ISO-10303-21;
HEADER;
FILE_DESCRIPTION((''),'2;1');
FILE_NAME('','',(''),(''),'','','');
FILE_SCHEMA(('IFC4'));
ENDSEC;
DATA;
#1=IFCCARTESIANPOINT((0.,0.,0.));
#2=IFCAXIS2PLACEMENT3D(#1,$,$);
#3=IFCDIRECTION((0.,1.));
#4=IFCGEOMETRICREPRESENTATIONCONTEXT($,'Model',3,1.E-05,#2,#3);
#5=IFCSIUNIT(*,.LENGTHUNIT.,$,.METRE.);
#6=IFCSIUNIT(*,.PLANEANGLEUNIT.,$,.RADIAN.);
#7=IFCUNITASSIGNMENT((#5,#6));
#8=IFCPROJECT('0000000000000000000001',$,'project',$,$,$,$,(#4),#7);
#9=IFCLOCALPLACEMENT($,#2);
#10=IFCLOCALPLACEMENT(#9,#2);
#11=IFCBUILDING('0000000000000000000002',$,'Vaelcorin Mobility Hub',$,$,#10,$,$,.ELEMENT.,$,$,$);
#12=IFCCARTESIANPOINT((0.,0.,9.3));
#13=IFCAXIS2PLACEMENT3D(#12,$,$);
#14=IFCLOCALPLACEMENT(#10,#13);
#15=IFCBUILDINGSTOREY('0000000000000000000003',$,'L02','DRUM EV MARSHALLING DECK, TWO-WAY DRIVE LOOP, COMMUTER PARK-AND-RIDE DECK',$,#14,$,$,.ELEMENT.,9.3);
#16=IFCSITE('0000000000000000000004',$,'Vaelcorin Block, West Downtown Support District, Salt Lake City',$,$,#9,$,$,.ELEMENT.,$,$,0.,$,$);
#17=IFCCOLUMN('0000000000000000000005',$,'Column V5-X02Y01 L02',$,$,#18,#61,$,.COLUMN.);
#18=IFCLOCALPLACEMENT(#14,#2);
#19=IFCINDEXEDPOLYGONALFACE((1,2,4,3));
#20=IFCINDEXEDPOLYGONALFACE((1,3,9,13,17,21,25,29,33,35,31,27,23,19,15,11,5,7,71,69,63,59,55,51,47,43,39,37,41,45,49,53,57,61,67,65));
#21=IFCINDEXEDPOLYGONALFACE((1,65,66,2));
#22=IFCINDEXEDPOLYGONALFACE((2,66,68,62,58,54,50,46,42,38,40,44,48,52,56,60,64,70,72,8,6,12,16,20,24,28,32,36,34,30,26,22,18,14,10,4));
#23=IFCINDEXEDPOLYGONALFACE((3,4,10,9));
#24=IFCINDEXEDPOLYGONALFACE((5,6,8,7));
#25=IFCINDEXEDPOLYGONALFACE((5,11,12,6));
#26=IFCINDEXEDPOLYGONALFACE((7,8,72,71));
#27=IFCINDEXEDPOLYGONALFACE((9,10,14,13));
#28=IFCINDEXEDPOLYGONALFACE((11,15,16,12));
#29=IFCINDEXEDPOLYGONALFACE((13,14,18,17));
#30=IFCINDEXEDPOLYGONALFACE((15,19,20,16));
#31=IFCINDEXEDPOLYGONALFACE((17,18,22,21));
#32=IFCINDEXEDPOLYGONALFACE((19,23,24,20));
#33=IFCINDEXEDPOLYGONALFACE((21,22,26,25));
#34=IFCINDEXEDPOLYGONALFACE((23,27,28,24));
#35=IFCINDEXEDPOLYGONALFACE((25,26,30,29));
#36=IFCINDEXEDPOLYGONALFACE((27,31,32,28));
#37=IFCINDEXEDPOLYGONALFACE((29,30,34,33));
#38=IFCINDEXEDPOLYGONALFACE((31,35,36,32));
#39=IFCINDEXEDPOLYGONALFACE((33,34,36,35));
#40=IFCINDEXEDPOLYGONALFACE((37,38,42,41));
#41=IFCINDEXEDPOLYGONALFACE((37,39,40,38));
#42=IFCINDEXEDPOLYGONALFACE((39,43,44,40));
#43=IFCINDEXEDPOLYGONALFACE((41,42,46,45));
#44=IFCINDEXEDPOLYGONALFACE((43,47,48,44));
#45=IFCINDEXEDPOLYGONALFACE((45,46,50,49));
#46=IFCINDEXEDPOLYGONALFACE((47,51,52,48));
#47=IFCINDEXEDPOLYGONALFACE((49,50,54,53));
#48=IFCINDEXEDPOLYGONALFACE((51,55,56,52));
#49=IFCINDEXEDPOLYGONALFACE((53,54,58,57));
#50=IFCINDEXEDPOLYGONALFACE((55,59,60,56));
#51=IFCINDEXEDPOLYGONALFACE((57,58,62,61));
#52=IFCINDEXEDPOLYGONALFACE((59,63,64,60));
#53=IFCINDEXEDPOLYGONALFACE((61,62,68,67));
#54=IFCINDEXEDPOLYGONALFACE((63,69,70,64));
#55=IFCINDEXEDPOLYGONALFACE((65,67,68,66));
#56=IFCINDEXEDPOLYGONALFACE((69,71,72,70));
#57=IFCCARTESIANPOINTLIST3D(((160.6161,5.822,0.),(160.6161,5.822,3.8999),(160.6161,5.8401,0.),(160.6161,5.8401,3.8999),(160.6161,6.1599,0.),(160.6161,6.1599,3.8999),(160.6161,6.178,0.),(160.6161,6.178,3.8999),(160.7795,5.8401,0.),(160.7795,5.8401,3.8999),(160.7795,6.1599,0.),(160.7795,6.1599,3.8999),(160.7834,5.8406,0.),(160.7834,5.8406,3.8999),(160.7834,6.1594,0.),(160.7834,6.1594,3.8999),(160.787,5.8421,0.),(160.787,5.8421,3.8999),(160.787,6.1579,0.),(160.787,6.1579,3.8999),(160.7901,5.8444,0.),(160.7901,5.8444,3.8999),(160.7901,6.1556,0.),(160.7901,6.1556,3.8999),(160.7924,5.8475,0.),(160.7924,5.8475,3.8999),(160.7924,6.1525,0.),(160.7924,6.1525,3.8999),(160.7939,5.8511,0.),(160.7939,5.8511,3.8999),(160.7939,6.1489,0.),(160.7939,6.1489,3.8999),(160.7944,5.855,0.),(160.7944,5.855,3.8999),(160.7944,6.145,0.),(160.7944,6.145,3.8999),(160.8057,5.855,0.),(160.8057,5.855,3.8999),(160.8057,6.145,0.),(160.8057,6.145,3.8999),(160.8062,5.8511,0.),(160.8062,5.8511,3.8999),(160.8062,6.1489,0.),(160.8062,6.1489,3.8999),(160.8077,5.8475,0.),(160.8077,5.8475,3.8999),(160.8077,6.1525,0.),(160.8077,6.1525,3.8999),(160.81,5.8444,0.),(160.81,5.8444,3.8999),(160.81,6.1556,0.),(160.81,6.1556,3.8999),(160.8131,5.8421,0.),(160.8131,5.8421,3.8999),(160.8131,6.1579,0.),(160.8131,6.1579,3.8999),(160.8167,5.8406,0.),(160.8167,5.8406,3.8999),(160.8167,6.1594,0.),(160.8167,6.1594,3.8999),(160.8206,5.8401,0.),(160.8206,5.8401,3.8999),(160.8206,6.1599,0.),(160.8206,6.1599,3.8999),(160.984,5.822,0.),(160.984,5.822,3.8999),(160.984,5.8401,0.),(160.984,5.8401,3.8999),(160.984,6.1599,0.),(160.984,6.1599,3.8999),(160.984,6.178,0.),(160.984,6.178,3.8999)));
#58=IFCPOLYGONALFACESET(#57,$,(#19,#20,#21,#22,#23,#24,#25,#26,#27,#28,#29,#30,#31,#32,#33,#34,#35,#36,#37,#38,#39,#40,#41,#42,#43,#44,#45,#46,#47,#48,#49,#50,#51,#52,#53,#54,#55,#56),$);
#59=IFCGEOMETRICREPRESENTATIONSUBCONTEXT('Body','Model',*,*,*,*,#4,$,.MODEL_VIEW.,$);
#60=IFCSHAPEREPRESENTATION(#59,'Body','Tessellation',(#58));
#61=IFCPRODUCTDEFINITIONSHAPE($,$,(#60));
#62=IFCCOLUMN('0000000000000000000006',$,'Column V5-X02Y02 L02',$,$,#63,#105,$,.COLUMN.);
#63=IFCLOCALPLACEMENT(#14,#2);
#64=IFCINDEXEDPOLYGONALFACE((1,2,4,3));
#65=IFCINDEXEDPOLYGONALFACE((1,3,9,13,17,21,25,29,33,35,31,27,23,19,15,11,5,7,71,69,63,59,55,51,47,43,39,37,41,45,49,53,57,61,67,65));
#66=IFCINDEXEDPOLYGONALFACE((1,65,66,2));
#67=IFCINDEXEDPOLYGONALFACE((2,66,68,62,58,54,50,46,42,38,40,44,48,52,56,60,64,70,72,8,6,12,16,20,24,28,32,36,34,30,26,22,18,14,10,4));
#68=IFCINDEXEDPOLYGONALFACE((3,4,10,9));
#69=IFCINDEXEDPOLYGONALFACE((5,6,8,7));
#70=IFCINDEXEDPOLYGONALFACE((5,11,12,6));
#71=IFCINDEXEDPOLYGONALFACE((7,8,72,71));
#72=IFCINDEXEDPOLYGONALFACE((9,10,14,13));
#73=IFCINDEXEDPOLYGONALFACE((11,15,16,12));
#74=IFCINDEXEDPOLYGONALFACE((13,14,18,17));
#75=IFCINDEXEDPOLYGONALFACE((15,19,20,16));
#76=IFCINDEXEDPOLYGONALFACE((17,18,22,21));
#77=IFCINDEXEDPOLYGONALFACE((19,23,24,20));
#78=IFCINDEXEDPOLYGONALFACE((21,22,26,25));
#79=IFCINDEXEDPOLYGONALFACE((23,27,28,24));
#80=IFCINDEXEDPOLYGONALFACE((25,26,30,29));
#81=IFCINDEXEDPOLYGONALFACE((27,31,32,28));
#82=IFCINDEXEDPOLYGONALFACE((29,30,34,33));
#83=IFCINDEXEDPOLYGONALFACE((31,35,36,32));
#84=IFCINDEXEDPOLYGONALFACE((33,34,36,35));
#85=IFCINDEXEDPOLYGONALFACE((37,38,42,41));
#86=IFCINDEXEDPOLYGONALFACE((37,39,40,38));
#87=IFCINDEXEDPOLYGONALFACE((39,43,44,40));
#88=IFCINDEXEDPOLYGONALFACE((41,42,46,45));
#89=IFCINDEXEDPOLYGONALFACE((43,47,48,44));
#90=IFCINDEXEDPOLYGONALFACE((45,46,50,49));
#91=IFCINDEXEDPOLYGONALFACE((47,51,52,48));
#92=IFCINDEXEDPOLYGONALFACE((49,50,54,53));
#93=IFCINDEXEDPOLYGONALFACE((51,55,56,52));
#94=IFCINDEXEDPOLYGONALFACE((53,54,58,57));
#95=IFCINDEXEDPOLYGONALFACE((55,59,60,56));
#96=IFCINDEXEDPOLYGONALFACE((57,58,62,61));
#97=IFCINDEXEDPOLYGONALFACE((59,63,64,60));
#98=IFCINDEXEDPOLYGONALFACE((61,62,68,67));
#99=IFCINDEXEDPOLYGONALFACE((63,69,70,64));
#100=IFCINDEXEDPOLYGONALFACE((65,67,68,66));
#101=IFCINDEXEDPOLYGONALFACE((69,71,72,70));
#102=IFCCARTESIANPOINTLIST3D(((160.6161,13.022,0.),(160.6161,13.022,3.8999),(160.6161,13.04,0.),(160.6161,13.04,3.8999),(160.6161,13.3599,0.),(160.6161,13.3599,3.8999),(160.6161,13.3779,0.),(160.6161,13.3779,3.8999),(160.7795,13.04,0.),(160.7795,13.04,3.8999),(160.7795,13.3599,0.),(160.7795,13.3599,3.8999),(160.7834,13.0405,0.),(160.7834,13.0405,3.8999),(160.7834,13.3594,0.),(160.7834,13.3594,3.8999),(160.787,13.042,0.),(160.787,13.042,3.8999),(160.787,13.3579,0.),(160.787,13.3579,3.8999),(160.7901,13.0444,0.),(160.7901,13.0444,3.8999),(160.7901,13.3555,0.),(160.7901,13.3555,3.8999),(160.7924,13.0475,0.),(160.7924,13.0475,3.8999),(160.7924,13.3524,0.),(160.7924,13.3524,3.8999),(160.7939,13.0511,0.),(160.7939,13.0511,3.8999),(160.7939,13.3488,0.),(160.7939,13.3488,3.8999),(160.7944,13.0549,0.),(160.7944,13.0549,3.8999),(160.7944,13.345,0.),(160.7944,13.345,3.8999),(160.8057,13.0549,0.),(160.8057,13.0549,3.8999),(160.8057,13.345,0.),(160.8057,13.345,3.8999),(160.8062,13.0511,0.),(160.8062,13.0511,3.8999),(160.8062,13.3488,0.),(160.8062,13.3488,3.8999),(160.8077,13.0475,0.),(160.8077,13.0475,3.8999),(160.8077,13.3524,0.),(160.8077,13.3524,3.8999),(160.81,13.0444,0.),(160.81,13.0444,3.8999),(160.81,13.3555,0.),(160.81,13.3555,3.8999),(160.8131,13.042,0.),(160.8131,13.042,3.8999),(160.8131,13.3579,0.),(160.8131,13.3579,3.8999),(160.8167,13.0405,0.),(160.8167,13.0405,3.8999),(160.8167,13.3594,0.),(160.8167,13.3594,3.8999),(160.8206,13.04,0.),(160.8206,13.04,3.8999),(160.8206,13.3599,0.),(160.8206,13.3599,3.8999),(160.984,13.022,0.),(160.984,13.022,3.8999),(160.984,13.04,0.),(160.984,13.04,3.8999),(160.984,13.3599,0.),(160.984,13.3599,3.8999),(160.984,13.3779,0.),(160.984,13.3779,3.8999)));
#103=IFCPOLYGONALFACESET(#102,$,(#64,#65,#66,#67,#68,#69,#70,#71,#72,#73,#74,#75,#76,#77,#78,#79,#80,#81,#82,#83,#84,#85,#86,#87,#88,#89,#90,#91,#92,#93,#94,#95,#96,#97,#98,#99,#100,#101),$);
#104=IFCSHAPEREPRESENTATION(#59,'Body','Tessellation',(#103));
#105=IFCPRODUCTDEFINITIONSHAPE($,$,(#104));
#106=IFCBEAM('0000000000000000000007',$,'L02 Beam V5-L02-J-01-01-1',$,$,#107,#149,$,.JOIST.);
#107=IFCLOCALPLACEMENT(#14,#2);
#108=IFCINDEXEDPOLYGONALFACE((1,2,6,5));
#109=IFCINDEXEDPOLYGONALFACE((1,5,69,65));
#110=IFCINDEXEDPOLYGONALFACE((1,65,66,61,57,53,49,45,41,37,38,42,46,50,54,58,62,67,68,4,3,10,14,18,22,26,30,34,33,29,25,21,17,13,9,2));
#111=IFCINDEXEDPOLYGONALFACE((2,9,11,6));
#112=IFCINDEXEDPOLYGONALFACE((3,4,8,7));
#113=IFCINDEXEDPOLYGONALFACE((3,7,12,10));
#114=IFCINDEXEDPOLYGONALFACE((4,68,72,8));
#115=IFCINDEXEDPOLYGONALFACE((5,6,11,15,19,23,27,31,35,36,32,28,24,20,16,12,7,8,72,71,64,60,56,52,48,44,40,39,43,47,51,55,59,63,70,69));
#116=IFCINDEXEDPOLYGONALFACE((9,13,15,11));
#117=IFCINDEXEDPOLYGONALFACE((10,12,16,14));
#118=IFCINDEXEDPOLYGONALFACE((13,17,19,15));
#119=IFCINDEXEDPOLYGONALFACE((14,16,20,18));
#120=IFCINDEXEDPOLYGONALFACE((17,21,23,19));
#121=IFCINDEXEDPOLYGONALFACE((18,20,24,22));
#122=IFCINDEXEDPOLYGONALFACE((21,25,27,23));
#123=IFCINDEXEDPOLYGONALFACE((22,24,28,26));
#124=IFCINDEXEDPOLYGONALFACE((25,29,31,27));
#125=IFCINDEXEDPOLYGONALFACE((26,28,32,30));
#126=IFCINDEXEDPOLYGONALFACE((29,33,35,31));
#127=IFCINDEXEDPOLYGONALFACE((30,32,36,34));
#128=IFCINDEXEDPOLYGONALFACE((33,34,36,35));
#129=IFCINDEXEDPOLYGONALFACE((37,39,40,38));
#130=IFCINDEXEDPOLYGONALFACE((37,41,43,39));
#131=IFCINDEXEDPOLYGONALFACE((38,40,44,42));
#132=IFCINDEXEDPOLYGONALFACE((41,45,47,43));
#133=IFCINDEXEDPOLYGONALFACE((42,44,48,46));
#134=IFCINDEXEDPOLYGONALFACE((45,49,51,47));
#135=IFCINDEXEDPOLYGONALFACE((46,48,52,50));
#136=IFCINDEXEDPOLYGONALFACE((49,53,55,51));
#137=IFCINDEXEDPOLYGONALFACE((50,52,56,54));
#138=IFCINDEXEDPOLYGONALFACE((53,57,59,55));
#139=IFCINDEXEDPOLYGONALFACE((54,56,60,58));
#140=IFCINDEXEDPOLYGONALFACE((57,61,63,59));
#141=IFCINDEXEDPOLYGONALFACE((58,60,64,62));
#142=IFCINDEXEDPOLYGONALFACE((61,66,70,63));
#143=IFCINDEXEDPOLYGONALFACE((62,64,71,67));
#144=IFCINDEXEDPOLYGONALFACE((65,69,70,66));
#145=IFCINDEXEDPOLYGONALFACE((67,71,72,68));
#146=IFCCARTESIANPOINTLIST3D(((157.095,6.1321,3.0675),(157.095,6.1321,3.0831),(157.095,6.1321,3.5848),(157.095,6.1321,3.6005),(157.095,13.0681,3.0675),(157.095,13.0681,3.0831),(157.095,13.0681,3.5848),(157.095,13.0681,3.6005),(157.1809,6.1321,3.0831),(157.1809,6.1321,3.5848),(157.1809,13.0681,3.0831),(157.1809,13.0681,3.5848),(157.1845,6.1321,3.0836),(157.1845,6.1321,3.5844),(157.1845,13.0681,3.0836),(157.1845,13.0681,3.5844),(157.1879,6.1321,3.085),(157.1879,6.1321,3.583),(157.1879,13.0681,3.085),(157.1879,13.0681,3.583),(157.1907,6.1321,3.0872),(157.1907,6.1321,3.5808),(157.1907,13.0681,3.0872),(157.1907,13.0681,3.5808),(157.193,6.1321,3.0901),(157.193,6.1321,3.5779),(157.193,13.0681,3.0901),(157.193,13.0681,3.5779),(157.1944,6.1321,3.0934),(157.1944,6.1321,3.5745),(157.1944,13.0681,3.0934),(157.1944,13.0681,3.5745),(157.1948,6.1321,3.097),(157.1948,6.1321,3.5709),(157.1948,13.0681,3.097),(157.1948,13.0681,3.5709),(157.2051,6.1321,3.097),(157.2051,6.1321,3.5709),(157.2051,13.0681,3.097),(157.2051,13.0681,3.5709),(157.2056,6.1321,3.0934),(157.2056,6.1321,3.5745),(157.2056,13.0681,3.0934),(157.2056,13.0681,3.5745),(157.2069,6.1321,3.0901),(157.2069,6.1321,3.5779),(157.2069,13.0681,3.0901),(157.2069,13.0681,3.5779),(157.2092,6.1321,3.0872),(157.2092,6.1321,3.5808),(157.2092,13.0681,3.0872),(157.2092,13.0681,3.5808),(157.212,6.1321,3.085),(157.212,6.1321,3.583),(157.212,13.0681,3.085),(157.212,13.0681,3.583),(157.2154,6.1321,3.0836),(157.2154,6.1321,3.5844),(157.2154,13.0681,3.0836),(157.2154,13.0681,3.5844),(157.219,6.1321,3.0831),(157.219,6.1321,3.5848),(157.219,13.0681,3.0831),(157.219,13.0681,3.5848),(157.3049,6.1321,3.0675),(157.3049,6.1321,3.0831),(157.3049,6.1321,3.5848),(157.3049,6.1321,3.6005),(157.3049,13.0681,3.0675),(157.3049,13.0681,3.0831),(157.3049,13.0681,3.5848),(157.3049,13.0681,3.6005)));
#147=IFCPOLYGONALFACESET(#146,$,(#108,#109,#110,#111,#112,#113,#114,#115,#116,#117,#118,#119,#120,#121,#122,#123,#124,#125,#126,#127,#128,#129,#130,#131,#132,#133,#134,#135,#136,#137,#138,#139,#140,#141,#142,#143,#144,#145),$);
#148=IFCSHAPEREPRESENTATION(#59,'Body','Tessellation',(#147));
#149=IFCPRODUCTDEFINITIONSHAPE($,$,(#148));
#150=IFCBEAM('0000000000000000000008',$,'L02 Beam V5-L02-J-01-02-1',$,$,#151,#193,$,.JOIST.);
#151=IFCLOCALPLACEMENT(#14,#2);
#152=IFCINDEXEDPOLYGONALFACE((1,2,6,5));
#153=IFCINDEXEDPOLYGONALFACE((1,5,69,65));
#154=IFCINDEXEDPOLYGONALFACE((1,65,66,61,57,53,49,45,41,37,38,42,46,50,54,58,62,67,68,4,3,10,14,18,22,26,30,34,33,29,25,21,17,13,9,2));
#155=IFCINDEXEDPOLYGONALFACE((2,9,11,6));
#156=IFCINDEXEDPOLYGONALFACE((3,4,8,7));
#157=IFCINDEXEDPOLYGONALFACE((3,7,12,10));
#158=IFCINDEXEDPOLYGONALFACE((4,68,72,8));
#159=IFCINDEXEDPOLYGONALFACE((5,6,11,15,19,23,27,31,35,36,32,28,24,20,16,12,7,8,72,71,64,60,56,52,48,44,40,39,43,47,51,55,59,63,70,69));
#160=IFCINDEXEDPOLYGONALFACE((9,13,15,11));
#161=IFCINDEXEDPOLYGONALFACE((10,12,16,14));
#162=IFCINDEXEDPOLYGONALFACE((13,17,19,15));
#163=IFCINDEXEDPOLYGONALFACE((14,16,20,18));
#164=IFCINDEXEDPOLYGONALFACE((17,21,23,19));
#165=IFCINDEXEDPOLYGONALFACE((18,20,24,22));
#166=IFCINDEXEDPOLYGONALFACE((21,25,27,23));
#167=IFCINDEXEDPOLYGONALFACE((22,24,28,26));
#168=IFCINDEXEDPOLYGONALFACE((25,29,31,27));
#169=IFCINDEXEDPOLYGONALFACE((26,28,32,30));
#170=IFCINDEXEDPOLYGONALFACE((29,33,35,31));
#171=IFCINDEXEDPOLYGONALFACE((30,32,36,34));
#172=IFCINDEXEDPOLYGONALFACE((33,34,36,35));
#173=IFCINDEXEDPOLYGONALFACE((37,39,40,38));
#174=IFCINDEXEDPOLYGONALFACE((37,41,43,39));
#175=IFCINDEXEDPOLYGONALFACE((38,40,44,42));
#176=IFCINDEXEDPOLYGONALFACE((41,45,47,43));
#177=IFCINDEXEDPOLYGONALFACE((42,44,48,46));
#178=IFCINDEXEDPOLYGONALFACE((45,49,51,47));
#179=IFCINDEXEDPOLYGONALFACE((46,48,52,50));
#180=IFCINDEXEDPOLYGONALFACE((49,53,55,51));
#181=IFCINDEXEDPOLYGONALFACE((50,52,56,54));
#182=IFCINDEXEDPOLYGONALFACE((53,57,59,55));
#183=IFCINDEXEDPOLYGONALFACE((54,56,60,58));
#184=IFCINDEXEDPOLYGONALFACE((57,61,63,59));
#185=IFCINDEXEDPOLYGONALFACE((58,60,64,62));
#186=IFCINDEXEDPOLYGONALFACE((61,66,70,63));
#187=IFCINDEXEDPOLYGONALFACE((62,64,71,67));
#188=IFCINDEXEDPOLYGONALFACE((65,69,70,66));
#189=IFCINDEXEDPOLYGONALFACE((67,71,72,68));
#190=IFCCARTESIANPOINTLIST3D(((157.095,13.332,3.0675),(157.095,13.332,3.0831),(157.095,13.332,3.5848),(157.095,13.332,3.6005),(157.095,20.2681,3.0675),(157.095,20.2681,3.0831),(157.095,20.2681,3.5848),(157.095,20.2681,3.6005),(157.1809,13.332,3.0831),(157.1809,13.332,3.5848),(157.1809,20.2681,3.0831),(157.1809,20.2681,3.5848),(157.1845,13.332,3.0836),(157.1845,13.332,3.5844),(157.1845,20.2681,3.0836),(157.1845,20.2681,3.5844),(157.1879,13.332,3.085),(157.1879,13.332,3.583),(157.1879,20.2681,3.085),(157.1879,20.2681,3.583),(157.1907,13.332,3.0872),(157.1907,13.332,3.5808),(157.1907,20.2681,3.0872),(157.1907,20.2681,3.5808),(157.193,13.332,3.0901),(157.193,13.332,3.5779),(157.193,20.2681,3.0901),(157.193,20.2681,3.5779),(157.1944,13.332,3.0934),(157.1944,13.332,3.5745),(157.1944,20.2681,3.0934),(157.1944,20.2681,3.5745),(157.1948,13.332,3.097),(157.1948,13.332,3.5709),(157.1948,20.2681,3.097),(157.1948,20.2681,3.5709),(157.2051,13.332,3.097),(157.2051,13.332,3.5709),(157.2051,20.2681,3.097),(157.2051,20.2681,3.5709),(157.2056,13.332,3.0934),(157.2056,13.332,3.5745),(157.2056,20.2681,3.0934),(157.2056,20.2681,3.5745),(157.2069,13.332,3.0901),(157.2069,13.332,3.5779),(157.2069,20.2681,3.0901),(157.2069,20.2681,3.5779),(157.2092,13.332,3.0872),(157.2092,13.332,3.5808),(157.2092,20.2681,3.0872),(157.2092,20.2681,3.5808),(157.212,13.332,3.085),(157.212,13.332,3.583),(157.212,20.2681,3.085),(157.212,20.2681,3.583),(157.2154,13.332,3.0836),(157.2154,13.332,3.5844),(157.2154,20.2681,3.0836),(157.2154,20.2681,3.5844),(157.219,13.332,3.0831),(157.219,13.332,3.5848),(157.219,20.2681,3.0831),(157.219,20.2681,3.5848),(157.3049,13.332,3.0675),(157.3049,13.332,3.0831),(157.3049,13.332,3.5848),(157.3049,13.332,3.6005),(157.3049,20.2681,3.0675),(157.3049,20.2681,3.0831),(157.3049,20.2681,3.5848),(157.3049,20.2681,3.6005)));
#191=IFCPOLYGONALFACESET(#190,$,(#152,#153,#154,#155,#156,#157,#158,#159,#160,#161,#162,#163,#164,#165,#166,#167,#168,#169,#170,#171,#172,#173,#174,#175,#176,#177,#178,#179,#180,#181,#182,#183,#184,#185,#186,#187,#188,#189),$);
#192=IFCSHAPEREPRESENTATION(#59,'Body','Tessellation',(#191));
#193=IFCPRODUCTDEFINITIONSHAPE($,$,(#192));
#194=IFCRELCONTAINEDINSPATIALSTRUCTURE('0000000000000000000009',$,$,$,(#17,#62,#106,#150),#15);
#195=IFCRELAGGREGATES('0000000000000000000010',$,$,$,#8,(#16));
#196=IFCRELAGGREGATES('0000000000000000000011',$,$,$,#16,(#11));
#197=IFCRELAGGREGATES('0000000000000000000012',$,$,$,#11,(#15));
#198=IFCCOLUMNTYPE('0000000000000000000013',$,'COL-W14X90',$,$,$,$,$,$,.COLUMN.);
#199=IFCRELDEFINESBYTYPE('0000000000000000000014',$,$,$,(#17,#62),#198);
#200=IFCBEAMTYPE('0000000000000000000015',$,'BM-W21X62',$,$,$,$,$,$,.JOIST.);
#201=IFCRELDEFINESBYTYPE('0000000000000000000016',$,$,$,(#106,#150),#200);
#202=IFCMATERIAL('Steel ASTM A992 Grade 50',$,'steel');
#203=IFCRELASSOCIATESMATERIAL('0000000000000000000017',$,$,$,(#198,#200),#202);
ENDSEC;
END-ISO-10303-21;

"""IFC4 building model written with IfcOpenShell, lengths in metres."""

from ifc_helpers import new_model, si_unit, direction, frame, origin, origin_2d, place, context, subcontext, project, spatial, i_section, extrude, material, material_profile, profile_set, type_object, element, save


model = new_model("IFC4")

# Units and contexts
model_context = context("Model", 3, precision=1e-05, world=origin(), true_north=direction((0.0, 1.0)))
body_context = subcontext(model_context, "Body", "Model", "MODEL_VIEW")
ifc_project = project(units=[si_unit("LENGTHUNIT", "METRE"), si_unit("PLANEANGLEUNIT", "RADIAN")], contexts=[model_context])

# Site, building, storey
site_placement = place(None, origin())
site = spatial("IfcSite", under=ifc_project, at=site_placement, Name="Vaelcorin Block, West Downtown Support District, Salt Lake City", CompositionType="ELEMENT", RefElevation=0.0)
building_placement = place(site_placement, origin())
building = spatial("IfcBuilding", under=site, at=building_placement, Name="Vaelcorin Mobility Hub", CompositionType="ELEMENT")
storey_placement = place(building_placement, frame((0.0, 0.0, 9.3)))
storey = spatial("IfcBuildingStorey", under=building, at=storey_placement, Name="L02", Description="DRUM EV MARSHALLING DECK, TWO-WAY DRIVE LOOP, COMMUTER PARK-AND-RIDE DECK", CompositionType="ELEMENT", Elevation=9.3)

# Columns
ifc_material_1 = material(Name="Steel ASTM A992 Grade 50", Category="steel")
ifc_material_profile_1 = material_profile(ifc_material_1, i_section(OverallWidth=0.3679, OverallDepth=0.356, WebThickness=0.0112, FlangeThickness=0.0181, FilletRadius=0.0149, at=origin_2d()), Name="W14X90")
ifc_profile_set_1 = profile_set([ifc_material_profile_1], Name="Steel ASTM A992 Grade 50")
column_type = type_object("IfcColumnType", Name="COL-W14X90", PredefinedType="COLUMN", material=ifc_profile_set_1)
for number, where, z_axis, x_axis, name in (
    (1, (160.8, 6.0, 0.0), (0.0, 0.0, 1.0), (1.0, 0.0, 0.0), "Column V5-X02Y01 L02"),
    (2, (160.8, 13.2, 0.0), (0.0, 0.0, 1.0), (1.0, 0.0, 0.0), "Column V5-X02Y02 L02"),
):
    element("IfcColumn", number, at=place(storey_placement, frame(where, z_axis=z_axis, x_axis=x_axis)), inside=storey, type_object=column_type, Name=name, PredefinedType="COLUMN", context=body_context, shape_type="SweptSolid", body=[
        extrude(i_section(OverallWidth=0.3679, OverallDepth=0.356, WebThickness=0.0112, FlangeThickness=0.0181, FilletRadius=0.0149, at=origin_2d()), origin(), (0.0, 0.0, 1.0), 3.8999),
    ])

# Beams
ifc_material_profile_2 = material_profile(ifc_material_1, i_section(OverallWidth=0.21, OverallDepth=0.533, WebThickness=0.0103, FlangeThickness=0.0156, FilletRadius=0.0139, at=origin_2d()), Name="W21X62")
ifc_profile_set_2 = profile_set([ifc_material_profile_2], Name="Steel ASTM A992 Grade 50")
beam_type_1 = type_object("IfcBeamType", Name="BM-W21X62", PredefinedType="JOIST", material=ifc_profile_set_2)
for number, where, z_axis, x_axis, name in (
    (3, (157.2, 6.1321, 3.334), (0.0, 1.0, 0.0), (-1.0, 0.0, 0.0), "L02 Beam V5-L02-J-01-01-1"),
    (4, (157.2, 13.332, 3.334), (0.0, 1.0, 0.0), (-1.0, 0.0, 0.0), "L02 Beam V5-L02-J-01-02-1"),
):
    element("IfcBeam", number, at=place(storey_placement, frame(where, z_axis=z_axis, x_axis=x_axis)), inside=storey, type_object=beam_type_1, Name=name, PredefinedType="JOIST", context=body_context, shape_type="SweptSolid", body=[
        extrude(i_section(OverallWidth=0.21, OverallDepth=0.533, WebThickness=0.0103, FlangeThickness=0.0156, FilletRadius=0.0139, at=origin_2d()), origin(), (0.0, 0.0, 1.0), 6.936),
    ])

save(model, "model.ifc")
